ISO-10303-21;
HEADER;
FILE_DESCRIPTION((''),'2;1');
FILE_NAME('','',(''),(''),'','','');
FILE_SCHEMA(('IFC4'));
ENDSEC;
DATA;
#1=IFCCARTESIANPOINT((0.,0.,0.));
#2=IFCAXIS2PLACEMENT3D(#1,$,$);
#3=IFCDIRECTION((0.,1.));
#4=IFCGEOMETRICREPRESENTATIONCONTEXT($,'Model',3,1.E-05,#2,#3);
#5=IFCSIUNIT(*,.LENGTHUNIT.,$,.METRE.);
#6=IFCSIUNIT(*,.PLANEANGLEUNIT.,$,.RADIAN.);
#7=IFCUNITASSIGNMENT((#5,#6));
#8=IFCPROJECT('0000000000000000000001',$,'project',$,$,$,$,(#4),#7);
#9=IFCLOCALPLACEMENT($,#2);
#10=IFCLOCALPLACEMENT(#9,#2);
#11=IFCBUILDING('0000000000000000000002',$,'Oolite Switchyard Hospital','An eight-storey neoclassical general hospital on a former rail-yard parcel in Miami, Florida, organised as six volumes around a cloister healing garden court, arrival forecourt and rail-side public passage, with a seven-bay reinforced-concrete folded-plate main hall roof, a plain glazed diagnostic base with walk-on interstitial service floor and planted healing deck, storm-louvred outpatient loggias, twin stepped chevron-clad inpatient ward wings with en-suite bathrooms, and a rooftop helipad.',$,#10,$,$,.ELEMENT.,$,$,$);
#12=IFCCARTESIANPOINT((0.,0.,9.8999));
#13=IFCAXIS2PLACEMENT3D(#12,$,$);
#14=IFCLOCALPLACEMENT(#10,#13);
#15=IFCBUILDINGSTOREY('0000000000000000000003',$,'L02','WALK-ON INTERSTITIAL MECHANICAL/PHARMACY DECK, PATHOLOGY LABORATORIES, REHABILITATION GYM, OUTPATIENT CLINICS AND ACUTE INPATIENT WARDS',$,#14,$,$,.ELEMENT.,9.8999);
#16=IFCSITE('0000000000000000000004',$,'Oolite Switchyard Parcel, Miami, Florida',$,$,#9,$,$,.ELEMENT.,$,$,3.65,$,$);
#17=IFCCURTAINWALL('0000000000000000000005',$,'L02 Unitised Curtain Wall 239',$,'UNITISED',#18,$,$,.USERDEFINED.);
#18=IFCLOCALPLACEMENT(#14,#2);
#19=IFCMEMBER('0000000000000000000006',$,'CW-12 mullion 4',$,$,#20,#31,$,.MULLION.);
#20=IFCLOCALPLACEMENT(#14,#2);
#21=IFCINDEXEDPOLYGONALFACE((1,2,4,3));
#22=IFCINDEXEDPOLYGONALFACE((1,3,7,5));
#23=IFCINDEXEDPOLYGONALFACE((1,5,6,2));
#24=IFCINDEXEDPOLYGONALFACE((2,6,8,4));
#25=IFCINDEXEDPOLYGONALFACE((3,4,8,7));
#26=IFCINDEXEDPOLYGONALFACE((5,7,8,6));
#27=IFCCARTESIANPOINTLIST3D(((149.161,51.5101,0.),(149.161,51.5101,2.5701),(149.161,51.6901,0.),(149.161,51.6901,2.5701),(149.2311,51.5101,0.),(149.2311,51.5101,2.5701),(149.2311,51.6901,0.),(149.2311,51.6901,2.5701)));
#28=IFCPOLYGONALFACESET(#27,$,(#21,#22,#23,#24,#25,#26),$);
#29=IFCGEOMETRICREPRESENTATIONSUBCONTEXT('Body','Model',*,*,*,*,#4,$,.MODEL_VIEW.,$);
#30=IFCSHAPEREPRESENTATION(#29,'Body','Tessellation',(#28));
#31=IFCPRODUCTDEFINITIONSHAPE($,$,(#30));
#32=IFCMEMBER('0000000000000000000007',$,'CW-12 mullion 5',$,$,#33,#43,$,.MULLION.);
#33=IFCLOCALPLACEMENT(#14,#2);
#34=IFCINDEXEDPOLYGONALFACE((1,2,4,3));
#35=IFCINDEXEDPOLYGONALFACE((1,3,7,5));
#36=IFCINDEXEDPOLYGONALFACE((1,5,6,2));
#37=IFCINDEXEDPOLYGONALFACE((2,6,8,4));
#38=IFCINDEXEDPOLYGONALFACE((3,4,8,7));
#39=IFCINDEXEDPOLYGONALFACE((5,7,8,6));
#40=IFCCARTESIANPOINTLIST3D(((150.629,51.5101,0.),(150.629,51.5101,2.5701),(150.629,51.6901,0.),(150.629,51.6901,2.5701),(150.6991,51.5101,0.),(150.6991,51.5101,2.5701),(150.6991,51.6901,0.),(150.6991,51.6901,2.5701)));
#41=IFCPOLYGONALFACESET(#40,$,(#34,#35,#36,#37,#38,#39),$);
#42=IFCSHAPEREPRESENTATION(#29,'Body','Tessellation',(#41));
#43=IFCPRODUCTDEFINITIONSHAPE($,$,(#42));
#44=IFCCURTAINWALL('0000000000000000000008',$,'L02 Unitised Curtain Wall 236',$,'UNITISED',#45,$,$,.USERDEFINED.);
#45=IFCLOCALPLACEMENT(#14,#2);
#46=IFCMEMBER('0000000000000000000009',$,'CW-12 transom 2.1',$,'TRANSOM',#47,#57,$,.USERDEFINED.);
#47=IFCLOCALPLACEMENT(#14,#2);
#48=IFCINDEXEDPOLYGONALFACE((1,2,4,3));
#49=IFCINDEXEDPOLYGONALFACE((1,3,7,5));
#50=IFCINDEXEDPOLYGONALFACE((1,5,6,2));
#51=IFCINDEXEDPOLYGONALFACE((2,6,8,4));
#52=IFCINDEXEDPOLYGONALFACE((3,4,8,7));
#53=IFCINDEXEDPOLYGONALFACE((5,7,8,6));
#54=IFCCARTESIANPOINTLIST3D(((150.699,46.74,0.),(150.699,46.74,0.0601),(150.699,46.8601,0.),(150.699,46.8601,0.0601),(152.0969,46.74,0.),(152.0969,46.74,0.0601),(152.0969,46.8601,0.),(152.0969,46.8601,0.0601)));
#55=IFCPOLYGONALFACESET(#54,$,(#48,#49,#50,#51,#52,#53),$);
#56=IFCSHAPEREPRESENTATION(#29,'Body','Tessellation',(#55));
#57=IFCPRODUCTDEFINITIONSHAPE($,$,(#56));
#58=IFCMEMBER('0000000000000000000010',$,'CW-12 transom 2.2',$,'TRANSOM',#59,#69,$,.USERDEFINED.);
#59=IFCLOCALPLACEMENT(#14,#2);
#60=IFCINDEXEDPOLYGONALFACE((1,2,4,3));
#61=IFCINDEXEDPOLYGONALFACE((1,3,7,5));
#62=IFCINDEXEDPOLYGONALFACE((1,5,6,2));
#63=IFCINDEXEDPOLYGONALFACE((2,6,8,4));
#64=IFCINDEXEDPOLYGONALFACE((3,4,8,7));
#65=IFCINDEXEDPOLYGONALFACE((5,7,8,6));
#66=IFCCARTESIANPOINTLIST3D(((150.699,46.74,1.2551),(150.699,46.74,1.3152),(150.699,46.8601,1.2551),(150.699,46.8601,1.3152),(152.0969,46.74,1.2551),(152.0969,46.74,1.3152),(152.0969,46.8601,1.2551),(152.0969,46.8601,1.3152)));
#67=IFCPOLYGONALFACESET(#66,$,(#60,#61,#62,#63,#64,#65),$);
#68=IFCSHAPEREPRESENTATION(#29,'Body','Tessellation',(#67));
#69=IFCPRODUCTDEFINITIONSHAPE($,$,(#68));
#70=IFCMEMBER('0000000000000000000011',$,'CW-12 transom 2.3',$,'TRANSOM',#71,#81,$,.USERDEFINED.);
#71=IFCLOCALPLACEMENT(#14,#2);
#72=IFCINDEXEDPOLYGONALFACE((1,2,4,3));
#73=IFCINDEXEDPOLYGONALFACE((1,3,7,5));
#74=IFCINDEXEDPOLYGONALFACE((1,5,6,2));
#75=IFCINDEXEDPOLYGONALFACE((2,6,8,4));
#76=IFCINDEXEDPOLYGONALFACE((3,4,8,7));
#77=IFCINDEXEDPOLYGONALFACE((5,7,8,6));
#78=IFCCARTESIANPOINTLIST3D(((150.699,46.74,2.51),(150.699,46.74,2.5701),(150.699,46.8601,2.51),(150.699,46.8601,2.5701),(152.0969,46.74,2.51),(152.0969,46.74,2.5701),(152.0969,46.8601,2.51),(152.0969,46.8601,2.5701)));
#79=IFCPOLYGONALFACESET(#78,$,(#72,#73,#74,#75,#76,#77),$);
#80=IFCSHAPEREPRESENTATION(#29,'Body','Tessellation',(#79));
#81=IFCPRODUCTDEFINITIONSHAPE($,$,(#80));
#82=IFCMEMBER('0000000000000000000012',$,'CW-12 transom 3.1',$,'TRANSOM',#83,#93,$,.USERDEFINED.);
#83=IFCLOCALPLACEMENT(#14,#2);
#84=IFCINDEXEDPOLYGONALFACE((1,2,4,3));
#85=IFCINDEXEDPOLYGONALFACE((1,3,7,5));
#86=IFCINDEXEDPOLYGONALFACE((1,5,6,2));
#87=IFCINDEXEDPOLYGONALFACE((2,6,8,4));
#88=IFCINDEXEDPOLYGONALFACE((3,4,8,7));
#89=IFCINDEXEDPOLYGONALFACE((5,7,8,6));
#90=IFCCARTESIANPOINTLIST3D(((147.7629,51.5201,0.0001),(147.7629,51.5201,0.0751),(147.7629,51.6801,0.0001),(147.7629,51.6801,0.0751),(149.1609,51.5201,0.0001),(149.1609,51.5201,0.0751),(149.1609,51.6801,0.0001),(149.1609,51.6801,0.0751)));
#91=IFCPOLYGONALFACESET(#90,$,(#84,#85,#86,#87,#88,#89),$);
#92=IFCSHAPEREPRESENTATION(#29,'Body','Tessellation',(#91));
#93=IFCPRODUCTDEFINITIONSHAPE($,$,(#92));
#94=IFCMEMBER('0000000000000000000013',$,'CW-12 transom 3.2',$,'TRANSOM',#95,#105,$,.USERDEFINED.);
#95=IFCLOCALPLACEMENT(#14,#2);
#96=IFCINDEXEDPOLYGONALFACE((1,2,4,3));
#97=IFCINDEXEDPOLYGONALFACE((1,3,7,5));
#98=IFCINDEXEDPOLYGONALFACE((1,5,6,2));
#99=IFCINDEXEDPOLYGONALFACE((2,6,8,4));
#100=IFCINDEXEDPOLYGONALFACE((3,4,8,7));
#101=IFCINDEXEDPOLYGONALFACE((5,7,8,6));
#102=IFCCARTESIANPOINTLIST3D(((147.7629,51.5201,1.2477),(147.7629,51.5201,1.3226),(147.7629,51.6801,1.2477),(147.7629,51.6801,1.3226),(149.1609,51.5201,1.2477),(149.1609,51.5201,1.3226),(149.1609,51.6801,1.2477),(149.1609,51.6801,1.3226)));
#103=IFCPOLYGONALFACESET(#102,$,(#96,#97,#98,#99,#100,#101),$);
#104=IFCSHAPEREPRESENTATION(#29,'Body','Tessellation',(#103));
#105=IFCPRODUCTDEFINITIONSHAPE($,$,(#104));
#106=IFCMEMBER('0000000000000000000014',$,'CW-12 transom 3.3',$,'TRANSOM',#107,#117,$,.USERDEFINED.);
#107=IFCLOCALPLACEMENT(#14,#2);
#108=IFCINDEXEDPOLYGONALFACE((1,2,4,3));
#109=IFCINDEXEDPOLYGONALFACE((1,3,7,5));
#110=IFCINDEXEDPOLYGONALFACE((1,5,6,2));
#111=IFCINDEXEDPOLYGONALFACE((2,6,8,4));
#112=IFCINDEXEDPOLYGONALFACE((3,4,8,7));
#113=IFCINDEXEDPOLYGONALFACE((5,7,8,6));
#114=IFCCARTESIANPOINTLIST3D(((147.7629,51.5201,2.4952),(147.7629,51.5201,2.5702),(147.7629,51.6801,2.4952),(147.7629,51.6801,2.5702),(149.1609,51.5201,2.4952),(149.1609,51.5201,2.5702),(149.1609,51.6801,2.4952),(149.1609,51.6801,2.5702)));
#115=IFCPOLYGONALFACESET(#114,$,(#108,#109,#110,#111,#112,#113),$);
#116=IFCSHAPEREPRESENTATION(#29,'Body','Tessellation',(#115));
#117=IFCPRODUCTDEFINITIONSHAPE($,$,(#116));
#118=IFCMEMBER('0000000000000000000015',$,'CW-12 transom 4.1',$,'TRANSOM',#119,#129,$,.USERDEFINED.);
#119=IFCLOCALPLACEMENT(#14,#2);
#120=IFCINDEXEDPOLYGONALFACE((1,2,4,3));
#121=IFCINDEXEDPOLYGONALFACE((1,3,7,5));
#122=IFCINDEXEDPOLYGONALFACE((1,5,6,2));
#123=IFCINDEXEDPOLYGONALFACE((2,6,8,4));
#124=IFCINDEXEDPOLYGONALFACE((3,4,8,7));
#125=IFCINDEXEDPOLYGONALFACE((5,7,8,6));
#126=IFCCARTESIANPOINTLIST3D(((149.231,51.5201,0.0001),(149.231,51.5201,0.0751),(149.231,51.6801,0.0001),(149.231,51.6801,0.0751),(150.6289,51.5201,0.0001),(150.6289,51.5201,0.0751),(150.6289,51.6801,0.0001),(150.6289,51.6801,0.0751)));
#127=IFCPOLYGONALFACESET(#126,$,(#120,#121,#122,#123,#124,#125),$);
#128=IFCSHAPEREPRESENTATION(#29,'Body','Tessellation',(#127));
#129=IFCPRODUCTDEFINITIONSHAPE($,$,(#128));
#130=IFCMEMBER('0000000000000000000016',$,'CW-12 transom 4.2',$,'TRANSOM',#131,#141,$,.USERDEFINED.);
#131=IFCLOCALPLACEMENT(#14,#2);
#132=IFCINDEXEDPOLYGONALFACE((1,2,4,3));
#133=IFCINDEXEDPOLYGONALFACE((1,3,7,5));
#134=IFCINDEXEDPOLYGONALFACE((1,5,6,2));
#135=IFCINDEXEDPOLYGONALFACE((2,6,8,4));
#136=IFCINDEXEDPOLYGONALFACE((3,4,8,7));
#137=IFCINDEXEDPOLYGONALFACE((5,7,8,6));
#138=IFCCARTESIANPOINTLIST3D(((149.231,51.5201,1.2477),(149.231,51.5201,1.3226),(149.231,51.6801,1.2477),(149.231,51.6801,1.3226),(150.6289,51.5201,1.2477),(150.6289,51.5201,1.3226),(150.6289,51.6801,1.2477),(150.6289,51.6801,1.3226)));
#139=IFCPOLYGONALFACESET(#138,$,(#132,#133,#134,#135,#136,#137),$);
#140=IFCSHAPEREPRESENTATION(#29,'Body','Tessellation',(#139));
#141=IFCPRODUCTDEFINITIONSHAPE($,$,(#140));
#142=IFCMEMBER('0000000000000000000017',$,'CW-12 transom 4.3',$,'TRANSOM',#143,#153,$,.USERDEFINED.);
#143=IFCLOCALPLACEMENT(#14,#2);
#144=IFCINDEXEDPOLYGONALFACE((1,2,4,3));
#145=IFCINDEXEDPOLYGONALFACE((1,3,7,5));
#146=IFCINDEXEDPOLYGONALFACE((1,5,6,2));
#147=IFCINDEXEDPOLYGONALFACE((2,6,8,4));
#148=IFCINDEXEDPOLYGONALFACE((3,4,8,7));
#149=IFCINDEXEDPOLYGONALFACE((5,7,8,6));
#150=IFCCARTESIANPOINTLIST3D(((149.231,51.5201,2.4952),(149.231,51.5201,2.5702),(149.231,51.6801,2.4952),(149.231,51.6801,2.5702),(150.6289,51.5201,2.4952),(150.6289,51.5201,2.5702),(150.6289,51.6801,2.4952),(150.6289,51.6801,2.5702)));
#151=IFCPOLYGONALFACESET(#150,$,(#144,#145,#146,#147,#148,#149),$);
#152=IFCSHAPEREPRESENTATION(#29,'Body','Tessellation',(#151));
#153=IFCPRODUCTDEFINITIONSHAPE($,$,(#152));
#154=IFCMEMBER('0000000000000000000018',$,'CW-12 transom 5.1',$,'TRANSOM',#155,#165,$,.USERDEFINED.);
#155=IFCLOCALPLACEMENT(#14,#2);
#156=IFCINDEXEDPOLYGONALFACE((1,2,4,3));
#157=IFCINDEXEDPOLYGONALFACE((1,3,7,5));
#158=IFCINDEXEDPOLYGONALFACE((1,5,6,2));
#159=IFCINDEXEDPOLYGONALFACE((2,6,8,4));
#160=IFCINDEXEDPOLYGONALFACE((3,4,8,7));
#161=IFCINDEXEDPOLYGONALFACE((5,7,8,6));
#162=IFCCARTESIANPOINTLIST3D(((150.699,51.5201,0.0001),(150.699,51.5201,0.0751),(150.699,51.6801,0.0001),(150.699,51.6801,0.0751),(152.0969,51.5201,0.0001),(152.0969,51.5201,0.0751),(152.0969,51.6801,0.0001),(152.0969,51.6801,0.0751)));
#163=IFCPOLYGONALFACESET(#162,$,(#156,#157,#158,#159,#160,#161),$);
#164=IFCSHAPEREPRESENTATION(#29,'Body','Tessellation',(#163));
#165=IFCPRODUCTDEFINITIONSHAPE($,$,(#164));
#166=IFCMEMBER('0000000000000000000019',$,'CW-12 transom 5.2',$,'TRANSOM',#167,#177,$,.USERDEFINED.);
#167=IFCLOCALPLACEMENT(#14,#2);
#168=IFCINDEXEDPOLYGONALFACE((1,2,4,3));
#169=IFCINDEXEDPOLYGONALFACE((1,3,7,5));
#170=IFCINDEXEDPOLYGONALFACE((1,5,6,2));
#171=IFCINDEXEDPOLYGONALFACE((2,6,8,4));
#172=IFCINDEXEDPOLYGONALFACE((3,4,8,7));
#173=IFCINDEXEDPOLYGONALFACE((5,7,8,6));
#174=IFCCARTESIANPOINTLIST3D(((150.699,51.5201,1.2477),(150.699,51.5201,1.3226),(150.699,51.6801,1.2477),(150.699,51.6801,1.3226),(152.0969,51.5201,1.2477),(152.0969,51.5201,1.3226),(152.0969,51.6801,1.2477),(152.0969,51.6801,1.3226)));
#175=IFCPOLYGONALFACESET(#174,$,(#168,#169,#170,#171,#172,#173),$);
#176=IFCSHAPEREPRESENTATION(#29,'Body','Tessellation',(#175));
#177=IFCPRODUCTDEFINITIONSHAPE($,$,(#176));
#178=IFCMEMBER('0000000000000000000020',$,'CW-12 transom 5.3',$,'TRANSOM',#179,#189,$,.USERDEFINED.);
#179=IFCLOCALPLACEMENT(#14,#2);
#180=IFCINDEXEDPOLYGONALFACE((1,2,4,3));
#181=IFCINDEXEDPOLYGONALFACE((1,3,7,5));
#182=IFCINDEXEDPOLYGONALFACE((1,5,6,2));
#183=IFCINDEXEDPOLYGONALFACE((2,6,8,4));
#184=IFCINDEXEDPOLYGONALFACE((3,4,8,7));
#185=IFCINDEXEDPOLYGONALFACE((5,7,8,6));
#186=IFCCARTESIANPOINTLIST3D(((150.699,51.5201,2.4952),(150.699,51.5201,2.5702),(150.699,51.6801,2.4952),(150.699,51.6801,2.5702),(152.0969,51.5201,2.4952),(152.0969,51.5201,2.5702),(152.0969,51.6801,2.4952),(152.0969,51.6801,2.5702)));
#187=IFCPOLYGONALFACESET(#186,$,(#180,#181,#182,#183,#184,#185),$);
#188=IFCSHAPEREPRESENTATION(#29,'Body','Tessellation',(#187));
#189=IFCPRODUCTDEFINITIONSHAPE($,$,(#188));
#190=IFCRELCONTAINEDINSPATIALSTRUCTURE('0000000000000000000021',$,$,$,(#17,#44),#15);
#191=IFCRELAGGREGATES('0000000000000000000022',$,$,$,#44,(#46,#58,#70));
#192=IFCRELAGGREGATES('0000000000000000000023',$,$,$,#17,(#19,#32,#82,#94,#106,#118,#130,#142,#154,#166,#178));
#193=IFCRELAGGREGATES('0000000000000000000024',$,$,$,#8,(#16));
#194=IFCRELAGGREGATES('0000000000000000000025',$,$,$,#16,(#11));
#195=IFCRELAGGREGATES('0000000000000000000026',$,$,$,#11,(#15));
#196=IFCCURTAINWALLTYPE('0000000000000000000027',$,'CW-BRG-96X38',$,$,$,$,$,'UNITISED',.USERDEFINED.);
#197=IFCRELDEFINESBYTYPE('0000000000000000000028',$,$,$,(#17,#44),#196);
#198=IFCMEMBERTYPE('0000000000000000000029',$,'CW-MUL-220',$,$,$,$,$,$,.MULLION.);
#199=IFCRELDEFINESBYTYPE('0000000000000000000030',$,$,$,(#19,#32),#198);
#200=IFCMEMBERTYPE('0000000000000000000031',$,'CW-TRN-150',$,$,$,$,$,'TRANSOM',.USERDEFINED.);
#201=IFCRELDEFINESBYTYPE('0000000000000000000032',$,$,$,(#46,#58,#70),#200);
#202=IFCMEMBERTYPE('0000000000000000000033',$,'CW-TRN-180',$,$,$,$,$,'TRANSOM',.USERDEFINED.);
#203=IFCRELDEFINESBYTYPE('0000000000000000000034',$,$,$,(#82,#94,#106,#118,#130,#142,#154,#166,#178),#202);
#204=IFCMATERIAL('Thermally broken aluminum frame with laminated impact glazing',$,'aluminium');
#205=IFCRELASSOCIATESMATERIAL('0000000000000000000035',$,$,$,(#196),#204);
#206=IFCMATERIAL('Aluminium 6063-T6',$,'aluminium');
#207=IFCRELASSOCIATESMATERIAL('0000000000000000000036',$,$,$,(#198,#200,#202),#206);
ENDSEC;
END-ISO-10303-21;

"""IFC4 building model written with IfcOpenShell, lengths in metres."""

from ifc_helpers import new_model, si_unit, direction, frame, origin, origin_2d, place, context, subcontext, project, spatial, rectangle, extrude, material, material_profile, profile_set, type_object, element, aggregate, save


model = new_model("IFC4")

# Units and contexts
model_context = context("Model", 3, precision=1e-05, world=origin(), true_north=direction((0.0, 1.0)))
body_context = subcontext(model_context, "Body", "Model", "MODEL_VIEW")
ifc_project = project(units=[si_unit("LENGTHUNIT", "METRE"), si_unit("PLANEANGLEUNIT", "RADIAN")], contexts=[model_context])

# Site, building, storey
site_placement = place(None, origin())
site = spatial("IfcSite", under=ifc_project, at=site_placement, Name="Oolite Switchyard Parcel, Miami, Florida", CompositionType="ELEMENT", RefElevation=3.65)
building_placement = place(site_placement, origin())
building = spatial("IfcBuilding", under=site, at=building_placement, Name="Oolite Switchyard Hospital", Description="An eight-storey neoclassical general hospital on a former rail-yard parcel in Miami, Florida, organised as six volumes around a cloister healing garden court, arrival forecourt and rail-side public passage, with a seven-bay reinforced-concrete folded-plate main hall roof, a plain glazed diagnostic base with walk-on interstitial service floor and planted healing deck, storm-louvred outpatient loggias, twin stepped chevron-clad inpatient ward wings with en-suite bathrooms, and a rooftop helipad.", CompositionType="ELEMENT")
storey_placement = place(building_placement, frame((0.0, 0.0, 9.8999)))
storey = spatial("IfcBuildingStorey", under=building, at=storey_placement, Name="L02", Description="WALK-ON INTERSTITIAL MECHANICAL/PHARMACY DECK, PATHOLOGY LABORATORIES, REHABILITATION GYM, OUTPATIENT CLINICS AND ACUTE INPATIENT WARDS", CompositionType="ELEMENT", Elevation=9.8999)

# Curtain walls, members
ifc_material_1 = material(Name="Thermally broken aluminum frame with laminated impact glazing", Category="aluminium")
curtain_wall_type = type_object("IfcCurtainWallType", Name="CW-BRG-96X38", ElementType="UNITISED", PredefinedType="USERDEFINED", material=ifc_material_1)
curtain_wall_1_placement = place(storey_placement, origin())
curtain_wall_1 = element("IfcCurtainWall", 1, at=curtain_wall_1_placement, inside=storey, type_object=curtain_wall_type, Name="L02 Unitised Curtain Wall 239", ObjectType="UNITISED", PredefinedType="USERDEFINED")
ifc_material_2 = material(Name="Aluminium 6063-T6", Category="aluminium")
ifc_material_profile_1 = material_profile(ifc_material_2, rectangle(XDim=0.1799, YDim=0.0701, at=origin_2d()), Name="CWM70X180")
ifc_profile_set_1 = profile_set([ifc_material_profile_1], Name="Aluminium 6063-T6")
member_type_1 = type_object("IfcMemberType", Name="CW-MUL-220", PredefinedType="MULLION", material=ifc_profile_set_1)
member_1_placement = place(storey_placement, frame((149.196, 51.6001, 0.0), z_axis=(0.0, 0.0, 1.0), x_axis=(0.0, 1.0, 0.0)))
member_1 = element("IfcMember", 2, at=member_1_placement, type_object=member_type_1, Name="CW-12 mullion 4", PredefinedType="MULLION", context=body_context, shape_type="SweptSolid", body=[
    extrude(rectangle(XDim=0.1799, YDim=0.0701, at=origin_2d()), origin(), (0.0, 0.0, 1.0), 2.5701),
])
member_2_placement = place(storey_placement, frame((150.6641, 51.6001, 0.0), z_axis=(0.0, 0.0, 1.0), x_axis=(0.0, 1.0, 0.0)))
member_2 = element("IfcMember", 3, at=member_2_placement, type_object=member_type_1, Name="CW-12 mullion 5", PredefinedType="MULLION", context=body_context, shape_type="SweptSolid", body=[
    extrude(rectangle(XDim=0.1799, YDim=0.0701, at=origin_2d()), origin(), (0.0, 0.0, 1.0), 2.5701),
])
curtain_wall_2_placement = place(storey_placement, origin())
curtain_wall_2 = element("IfcCurtainWall", 4, at=curtain_wall_2_placement, inside=storey, type_object=curtain_wall_type, Name="L02 Unitised Curtain Wall 236", ObjectType="UNITISED", PredefinedType="USERDEFINED")
ifc_material_profile_2 = material_profile(ifc_material_2, rectangle(XDim=0.1201, YDim=0.0601, at=origin_2d()), Name="CWT60X120")
ifc_profile_set_2 = profile_set([ifc_material_profile_2], Name="Aluminium 6063-T6")
member_type_2 = type_object("IfcMemberType", Name="CW-TRN-150", ElementType="TRANSOM", PredefinedType="USERDEFINED", material=ifc_profile_set_2)
member_3_placement = place(storey_placement, frame((152.0969, 46.8, 0.03), z_axis=(-1.0, 0.0, 0.0), x_axis=(0.0, -1.0, 0.0)))
member_3 = element("IfcMember", 5, at=member_3_placement, type_object=member_type_2, Name="CW-12 transom 2.1", ObjectType="TRANSOM", PredefinedType="USERDEFINED", context=body_context, shape_type="SweptSolid", body=[
    extrude(rectangle(XDim=0.1201, YDim=0.0601, at=origin_2d()), origin(), (0.0, 0.0, 1.0), 1.3979),
])
member_4_placement = place(storey_placement, frame((152.0969, 46.8, 1.2852), z_axis=(-1.0, 0.0, 0.0), x_axis=(0.0, -1.0, 0.0)))
member_4 = element("IfcMember", 6, at=member_4_placement, type_object=member_type_2, Name="CW-12 transom 2.2", ObjectType="TRANSOM", PredefinedType="USERDEFINED", context=body_context, shape_type="SweptSolid", body=[
    extrude(rectangle(XDim=0.1201, YDim=0.0601, at=origin_2d()), origin(), (0.0, 0.0, 1.0), 1.3979),
])
member_5_placement = place(storey_placement, frame((152.0969, 46.8, 2.54), z_axis=(-1.0, 0.0, 0.0), x_axis=(0.0, -1.0, 0.0)))
member_5 = element("IfcMember", 7, at=member_5_placement, type_object=member_type_2, Name="CW-12 transom 2.3", ObjectType="TRANSOM", PredefinedType="USERDEFINED", context=body_context, shape_type="SweptSolid", body=[
    extrude(rectangle(XDim=0.1201, YDim=0.0601, at=origin_2d()), origin(), (0.0, 0.0, 1.0), 1.3979),
])

# Members
ifc_material_profile_3 = material_profile(ifc_material_2, rectangle(XDim=0.1599, YDim=0.075, at=origin_2d()), Name="CWT75X160")
ifc_profile_set_3 = profile_set([ifc_material_profile_3], Name="Aluminium 6063-T6")
member_type_3 = type_object("IfcMemberType", Name="CW-TRN-180", ElementType="TRANSOM", PredefinedType="USERDEFINED", material=ifc_profile_set_3)
member_6_placement = place(storey_placement, frame((147.7629, 51.6001, 0.0376), z_axis=(1.0, 0.0, 0.0), x_axis=(0.0, 1.0, 0.0)))
member_6 = element("IfcMember", 8, at=member_6_placement, type_object=member_type_3, Name="CW-12 transom 3.1", ObjectType="TRANSOM", PredefinedType="USERDEFINED", context=body_context, shape_type="SweptSolid", body=[
    extrude(rectangle(XDim=0.1599, YDim=0.075, at=origin_2d()), origin(), (0.0, 0.0, 1.0), 1.3979),
])
member_7_placement = place(storey_placement, frame((147.7629, 51.6001, 1.2852), z_axis=(1.0, 0.0, 0.0), x_axis=(0.0, 1.0, 0.0)))
member_7 = element("IfcMember", 9, at=member_7_placement, type_object=member_type_3, Name="CW-12 transom 3.2", ObjectType="TRANSOM", PredefinedType="USERDEFINED", context=body_context, shape_type="SweptSolid", body=[
    extrude(rectangle(XDim=0.1599, YDim=0.075, at=origin_2d()), origin(), (0.0, 0.0, 1.0), 1.3979),
])
member_8_placement = place(storey_placement, frame((147.7629, 51.6001, 2.5327), z_axis=(1.0, 0.0, 0.0), x_axis=(0.0, 1.0, 0.0)))
member_8 = element("IfcMember", 10, at=member_8_placement, type_object=member_type_3, Name="CW-12 transom 3.3", ObjectType="TRANSOM", PredefinedType="USERDEFINED", context=body_context, shape_type="SweptSolid", body=[
    extrude(rectangle(XDim=0.1599, YDim=0.075, at=origin_2d()), origin(), (0.0, 0.0, 1.0), 1.3979),
])
member_9_placement = place(storey_placement, frame((149.231, 51.6001, 0.0376), z_axis=(1.0, 0.0, 0.0), x_axis=(0.0, 1.0, 0.0)))
member_9 = element("IfcMember", 11, at=member_9_placement, type_object=member_type_3, Name="CW-12 transom 4.1", ObjectType="TRANSOM", PredefinedType="USERDEFINED", context=body_context, shape_type="SweptSolid", body=[
    extrude(rectangle(XDim=0.1599, YDim=0.075, at=origin_2d()), origin(), (0.0, 0.0, 1.0), 1.3979),
])
member_10_placement = place(storey_placement, frame((149.231, 51.6001, 1.2852), z_axis=(1.0, 0.0, 0.0), x_axis=(0.0, 1.0, 0.0)))
member_10 = element("IfcMember", 12, at=member_10_placement, type_object=member_type_3, Name="CW-12 transom 4.2", ObjectType="TRANSOM", PredefinedType="USERDEFINED", context=body_context, shape_type="SweptSolid", body=[
    extrude(rectangle(XDim=0.1599, YDim=0.075, at=origin_2d()), origin(), (0.0, 0.0, 1.0), 1.3979),
])
member_11_placement = place(storey_placement, frame((149.231, 51.6001, 2.5327), z_axis=(1.0, 0.0, 0.0), x_axis=(0.0, 1.0, 0.0)))
member_11 = element("IfcMember", 13, at=member_11_placement, type_object=member_type_3, Name="CW-12 transom 4.3", ObjectType="TRANSOM", PredefinedType="USERDEFINED", context=body_context, shape_type="SweptSolid", body=[
    extrude(rectangle(XDim=0.1599, YDim=0.075, at=origin_2d()), origin(), (0.0, 0.0, 1.0), 1.3979),
])
member_12_placement = place(storey_placement, frame((150.699, 51.6001, 0.0376), z_axis=(1.0, 0.0, 0.0), x_axis=(0.0, 1.0, 0.0)))
member_12 = element("IfcMember", 14, at=member_12_placement, type_object=member_type_3, Name="CW-12 transom 5.1", ObjectType="TRANSOM", PredefinedType="USERDEFINED", context=body_context, shape_type="SweptSolid", body=[
    extrude(rectangle(XDim=0.1599, YDim=0.075, at=origin_2d()), origin(), (0.0, 0.0, 1.0), 1.3979),
])
member_13_placement = place(storey_placement, frame((150.699, 51.6001, 1.2852), z_axis=(1.0, 0.0, 0.0), x_axis=(0.0, 1.0, 0.0)))
member_13 = element("IfcMember", 15, at=member_13_placement, type_object=member_type_3, Name="CW-12 transom 5.2", ObjectType="TRANSOM", PredefinedType="USERDEFINED", context=body_context, shape_type="SweptSolid", body=[
    extrude(rectangle(XDim=0.1599, YDim=0.075, at=origin_2d()), origin(), (0.0, 0.0, 1.0), 1.3979),
])
member_14_placement = place(storey_placement, frame((150.699, 51.6001, 2.5327), z_axis=(1.0, 0.0, 0.0), x_axis=(0.0, 1.0, 0.0)))
member_14 = element("IfcMember", 16, at=member_14_placement, type_object=member_type_3, Name="CW-12 transom 5.3", ObjectType="TRANSOM", PredefinedType="USERDEFINED", context=body_context, shape_type="SweptSolid", body=[
    extrude(rectangle(XDim=0.1599, YDim=0.075, at=origin_2d()), origin(), (0.0, 0.0, 1.0), 1.3979),
])

aggregate(curtain_wall_2, [member_3, member_4, member_5])
aggregate(curtain_wall_1, [member_1, member_2, member_6, member_7, member_8, member_9, member_10, member_11, member_12, member_13, member_14])

save(model, "model.ifc")
